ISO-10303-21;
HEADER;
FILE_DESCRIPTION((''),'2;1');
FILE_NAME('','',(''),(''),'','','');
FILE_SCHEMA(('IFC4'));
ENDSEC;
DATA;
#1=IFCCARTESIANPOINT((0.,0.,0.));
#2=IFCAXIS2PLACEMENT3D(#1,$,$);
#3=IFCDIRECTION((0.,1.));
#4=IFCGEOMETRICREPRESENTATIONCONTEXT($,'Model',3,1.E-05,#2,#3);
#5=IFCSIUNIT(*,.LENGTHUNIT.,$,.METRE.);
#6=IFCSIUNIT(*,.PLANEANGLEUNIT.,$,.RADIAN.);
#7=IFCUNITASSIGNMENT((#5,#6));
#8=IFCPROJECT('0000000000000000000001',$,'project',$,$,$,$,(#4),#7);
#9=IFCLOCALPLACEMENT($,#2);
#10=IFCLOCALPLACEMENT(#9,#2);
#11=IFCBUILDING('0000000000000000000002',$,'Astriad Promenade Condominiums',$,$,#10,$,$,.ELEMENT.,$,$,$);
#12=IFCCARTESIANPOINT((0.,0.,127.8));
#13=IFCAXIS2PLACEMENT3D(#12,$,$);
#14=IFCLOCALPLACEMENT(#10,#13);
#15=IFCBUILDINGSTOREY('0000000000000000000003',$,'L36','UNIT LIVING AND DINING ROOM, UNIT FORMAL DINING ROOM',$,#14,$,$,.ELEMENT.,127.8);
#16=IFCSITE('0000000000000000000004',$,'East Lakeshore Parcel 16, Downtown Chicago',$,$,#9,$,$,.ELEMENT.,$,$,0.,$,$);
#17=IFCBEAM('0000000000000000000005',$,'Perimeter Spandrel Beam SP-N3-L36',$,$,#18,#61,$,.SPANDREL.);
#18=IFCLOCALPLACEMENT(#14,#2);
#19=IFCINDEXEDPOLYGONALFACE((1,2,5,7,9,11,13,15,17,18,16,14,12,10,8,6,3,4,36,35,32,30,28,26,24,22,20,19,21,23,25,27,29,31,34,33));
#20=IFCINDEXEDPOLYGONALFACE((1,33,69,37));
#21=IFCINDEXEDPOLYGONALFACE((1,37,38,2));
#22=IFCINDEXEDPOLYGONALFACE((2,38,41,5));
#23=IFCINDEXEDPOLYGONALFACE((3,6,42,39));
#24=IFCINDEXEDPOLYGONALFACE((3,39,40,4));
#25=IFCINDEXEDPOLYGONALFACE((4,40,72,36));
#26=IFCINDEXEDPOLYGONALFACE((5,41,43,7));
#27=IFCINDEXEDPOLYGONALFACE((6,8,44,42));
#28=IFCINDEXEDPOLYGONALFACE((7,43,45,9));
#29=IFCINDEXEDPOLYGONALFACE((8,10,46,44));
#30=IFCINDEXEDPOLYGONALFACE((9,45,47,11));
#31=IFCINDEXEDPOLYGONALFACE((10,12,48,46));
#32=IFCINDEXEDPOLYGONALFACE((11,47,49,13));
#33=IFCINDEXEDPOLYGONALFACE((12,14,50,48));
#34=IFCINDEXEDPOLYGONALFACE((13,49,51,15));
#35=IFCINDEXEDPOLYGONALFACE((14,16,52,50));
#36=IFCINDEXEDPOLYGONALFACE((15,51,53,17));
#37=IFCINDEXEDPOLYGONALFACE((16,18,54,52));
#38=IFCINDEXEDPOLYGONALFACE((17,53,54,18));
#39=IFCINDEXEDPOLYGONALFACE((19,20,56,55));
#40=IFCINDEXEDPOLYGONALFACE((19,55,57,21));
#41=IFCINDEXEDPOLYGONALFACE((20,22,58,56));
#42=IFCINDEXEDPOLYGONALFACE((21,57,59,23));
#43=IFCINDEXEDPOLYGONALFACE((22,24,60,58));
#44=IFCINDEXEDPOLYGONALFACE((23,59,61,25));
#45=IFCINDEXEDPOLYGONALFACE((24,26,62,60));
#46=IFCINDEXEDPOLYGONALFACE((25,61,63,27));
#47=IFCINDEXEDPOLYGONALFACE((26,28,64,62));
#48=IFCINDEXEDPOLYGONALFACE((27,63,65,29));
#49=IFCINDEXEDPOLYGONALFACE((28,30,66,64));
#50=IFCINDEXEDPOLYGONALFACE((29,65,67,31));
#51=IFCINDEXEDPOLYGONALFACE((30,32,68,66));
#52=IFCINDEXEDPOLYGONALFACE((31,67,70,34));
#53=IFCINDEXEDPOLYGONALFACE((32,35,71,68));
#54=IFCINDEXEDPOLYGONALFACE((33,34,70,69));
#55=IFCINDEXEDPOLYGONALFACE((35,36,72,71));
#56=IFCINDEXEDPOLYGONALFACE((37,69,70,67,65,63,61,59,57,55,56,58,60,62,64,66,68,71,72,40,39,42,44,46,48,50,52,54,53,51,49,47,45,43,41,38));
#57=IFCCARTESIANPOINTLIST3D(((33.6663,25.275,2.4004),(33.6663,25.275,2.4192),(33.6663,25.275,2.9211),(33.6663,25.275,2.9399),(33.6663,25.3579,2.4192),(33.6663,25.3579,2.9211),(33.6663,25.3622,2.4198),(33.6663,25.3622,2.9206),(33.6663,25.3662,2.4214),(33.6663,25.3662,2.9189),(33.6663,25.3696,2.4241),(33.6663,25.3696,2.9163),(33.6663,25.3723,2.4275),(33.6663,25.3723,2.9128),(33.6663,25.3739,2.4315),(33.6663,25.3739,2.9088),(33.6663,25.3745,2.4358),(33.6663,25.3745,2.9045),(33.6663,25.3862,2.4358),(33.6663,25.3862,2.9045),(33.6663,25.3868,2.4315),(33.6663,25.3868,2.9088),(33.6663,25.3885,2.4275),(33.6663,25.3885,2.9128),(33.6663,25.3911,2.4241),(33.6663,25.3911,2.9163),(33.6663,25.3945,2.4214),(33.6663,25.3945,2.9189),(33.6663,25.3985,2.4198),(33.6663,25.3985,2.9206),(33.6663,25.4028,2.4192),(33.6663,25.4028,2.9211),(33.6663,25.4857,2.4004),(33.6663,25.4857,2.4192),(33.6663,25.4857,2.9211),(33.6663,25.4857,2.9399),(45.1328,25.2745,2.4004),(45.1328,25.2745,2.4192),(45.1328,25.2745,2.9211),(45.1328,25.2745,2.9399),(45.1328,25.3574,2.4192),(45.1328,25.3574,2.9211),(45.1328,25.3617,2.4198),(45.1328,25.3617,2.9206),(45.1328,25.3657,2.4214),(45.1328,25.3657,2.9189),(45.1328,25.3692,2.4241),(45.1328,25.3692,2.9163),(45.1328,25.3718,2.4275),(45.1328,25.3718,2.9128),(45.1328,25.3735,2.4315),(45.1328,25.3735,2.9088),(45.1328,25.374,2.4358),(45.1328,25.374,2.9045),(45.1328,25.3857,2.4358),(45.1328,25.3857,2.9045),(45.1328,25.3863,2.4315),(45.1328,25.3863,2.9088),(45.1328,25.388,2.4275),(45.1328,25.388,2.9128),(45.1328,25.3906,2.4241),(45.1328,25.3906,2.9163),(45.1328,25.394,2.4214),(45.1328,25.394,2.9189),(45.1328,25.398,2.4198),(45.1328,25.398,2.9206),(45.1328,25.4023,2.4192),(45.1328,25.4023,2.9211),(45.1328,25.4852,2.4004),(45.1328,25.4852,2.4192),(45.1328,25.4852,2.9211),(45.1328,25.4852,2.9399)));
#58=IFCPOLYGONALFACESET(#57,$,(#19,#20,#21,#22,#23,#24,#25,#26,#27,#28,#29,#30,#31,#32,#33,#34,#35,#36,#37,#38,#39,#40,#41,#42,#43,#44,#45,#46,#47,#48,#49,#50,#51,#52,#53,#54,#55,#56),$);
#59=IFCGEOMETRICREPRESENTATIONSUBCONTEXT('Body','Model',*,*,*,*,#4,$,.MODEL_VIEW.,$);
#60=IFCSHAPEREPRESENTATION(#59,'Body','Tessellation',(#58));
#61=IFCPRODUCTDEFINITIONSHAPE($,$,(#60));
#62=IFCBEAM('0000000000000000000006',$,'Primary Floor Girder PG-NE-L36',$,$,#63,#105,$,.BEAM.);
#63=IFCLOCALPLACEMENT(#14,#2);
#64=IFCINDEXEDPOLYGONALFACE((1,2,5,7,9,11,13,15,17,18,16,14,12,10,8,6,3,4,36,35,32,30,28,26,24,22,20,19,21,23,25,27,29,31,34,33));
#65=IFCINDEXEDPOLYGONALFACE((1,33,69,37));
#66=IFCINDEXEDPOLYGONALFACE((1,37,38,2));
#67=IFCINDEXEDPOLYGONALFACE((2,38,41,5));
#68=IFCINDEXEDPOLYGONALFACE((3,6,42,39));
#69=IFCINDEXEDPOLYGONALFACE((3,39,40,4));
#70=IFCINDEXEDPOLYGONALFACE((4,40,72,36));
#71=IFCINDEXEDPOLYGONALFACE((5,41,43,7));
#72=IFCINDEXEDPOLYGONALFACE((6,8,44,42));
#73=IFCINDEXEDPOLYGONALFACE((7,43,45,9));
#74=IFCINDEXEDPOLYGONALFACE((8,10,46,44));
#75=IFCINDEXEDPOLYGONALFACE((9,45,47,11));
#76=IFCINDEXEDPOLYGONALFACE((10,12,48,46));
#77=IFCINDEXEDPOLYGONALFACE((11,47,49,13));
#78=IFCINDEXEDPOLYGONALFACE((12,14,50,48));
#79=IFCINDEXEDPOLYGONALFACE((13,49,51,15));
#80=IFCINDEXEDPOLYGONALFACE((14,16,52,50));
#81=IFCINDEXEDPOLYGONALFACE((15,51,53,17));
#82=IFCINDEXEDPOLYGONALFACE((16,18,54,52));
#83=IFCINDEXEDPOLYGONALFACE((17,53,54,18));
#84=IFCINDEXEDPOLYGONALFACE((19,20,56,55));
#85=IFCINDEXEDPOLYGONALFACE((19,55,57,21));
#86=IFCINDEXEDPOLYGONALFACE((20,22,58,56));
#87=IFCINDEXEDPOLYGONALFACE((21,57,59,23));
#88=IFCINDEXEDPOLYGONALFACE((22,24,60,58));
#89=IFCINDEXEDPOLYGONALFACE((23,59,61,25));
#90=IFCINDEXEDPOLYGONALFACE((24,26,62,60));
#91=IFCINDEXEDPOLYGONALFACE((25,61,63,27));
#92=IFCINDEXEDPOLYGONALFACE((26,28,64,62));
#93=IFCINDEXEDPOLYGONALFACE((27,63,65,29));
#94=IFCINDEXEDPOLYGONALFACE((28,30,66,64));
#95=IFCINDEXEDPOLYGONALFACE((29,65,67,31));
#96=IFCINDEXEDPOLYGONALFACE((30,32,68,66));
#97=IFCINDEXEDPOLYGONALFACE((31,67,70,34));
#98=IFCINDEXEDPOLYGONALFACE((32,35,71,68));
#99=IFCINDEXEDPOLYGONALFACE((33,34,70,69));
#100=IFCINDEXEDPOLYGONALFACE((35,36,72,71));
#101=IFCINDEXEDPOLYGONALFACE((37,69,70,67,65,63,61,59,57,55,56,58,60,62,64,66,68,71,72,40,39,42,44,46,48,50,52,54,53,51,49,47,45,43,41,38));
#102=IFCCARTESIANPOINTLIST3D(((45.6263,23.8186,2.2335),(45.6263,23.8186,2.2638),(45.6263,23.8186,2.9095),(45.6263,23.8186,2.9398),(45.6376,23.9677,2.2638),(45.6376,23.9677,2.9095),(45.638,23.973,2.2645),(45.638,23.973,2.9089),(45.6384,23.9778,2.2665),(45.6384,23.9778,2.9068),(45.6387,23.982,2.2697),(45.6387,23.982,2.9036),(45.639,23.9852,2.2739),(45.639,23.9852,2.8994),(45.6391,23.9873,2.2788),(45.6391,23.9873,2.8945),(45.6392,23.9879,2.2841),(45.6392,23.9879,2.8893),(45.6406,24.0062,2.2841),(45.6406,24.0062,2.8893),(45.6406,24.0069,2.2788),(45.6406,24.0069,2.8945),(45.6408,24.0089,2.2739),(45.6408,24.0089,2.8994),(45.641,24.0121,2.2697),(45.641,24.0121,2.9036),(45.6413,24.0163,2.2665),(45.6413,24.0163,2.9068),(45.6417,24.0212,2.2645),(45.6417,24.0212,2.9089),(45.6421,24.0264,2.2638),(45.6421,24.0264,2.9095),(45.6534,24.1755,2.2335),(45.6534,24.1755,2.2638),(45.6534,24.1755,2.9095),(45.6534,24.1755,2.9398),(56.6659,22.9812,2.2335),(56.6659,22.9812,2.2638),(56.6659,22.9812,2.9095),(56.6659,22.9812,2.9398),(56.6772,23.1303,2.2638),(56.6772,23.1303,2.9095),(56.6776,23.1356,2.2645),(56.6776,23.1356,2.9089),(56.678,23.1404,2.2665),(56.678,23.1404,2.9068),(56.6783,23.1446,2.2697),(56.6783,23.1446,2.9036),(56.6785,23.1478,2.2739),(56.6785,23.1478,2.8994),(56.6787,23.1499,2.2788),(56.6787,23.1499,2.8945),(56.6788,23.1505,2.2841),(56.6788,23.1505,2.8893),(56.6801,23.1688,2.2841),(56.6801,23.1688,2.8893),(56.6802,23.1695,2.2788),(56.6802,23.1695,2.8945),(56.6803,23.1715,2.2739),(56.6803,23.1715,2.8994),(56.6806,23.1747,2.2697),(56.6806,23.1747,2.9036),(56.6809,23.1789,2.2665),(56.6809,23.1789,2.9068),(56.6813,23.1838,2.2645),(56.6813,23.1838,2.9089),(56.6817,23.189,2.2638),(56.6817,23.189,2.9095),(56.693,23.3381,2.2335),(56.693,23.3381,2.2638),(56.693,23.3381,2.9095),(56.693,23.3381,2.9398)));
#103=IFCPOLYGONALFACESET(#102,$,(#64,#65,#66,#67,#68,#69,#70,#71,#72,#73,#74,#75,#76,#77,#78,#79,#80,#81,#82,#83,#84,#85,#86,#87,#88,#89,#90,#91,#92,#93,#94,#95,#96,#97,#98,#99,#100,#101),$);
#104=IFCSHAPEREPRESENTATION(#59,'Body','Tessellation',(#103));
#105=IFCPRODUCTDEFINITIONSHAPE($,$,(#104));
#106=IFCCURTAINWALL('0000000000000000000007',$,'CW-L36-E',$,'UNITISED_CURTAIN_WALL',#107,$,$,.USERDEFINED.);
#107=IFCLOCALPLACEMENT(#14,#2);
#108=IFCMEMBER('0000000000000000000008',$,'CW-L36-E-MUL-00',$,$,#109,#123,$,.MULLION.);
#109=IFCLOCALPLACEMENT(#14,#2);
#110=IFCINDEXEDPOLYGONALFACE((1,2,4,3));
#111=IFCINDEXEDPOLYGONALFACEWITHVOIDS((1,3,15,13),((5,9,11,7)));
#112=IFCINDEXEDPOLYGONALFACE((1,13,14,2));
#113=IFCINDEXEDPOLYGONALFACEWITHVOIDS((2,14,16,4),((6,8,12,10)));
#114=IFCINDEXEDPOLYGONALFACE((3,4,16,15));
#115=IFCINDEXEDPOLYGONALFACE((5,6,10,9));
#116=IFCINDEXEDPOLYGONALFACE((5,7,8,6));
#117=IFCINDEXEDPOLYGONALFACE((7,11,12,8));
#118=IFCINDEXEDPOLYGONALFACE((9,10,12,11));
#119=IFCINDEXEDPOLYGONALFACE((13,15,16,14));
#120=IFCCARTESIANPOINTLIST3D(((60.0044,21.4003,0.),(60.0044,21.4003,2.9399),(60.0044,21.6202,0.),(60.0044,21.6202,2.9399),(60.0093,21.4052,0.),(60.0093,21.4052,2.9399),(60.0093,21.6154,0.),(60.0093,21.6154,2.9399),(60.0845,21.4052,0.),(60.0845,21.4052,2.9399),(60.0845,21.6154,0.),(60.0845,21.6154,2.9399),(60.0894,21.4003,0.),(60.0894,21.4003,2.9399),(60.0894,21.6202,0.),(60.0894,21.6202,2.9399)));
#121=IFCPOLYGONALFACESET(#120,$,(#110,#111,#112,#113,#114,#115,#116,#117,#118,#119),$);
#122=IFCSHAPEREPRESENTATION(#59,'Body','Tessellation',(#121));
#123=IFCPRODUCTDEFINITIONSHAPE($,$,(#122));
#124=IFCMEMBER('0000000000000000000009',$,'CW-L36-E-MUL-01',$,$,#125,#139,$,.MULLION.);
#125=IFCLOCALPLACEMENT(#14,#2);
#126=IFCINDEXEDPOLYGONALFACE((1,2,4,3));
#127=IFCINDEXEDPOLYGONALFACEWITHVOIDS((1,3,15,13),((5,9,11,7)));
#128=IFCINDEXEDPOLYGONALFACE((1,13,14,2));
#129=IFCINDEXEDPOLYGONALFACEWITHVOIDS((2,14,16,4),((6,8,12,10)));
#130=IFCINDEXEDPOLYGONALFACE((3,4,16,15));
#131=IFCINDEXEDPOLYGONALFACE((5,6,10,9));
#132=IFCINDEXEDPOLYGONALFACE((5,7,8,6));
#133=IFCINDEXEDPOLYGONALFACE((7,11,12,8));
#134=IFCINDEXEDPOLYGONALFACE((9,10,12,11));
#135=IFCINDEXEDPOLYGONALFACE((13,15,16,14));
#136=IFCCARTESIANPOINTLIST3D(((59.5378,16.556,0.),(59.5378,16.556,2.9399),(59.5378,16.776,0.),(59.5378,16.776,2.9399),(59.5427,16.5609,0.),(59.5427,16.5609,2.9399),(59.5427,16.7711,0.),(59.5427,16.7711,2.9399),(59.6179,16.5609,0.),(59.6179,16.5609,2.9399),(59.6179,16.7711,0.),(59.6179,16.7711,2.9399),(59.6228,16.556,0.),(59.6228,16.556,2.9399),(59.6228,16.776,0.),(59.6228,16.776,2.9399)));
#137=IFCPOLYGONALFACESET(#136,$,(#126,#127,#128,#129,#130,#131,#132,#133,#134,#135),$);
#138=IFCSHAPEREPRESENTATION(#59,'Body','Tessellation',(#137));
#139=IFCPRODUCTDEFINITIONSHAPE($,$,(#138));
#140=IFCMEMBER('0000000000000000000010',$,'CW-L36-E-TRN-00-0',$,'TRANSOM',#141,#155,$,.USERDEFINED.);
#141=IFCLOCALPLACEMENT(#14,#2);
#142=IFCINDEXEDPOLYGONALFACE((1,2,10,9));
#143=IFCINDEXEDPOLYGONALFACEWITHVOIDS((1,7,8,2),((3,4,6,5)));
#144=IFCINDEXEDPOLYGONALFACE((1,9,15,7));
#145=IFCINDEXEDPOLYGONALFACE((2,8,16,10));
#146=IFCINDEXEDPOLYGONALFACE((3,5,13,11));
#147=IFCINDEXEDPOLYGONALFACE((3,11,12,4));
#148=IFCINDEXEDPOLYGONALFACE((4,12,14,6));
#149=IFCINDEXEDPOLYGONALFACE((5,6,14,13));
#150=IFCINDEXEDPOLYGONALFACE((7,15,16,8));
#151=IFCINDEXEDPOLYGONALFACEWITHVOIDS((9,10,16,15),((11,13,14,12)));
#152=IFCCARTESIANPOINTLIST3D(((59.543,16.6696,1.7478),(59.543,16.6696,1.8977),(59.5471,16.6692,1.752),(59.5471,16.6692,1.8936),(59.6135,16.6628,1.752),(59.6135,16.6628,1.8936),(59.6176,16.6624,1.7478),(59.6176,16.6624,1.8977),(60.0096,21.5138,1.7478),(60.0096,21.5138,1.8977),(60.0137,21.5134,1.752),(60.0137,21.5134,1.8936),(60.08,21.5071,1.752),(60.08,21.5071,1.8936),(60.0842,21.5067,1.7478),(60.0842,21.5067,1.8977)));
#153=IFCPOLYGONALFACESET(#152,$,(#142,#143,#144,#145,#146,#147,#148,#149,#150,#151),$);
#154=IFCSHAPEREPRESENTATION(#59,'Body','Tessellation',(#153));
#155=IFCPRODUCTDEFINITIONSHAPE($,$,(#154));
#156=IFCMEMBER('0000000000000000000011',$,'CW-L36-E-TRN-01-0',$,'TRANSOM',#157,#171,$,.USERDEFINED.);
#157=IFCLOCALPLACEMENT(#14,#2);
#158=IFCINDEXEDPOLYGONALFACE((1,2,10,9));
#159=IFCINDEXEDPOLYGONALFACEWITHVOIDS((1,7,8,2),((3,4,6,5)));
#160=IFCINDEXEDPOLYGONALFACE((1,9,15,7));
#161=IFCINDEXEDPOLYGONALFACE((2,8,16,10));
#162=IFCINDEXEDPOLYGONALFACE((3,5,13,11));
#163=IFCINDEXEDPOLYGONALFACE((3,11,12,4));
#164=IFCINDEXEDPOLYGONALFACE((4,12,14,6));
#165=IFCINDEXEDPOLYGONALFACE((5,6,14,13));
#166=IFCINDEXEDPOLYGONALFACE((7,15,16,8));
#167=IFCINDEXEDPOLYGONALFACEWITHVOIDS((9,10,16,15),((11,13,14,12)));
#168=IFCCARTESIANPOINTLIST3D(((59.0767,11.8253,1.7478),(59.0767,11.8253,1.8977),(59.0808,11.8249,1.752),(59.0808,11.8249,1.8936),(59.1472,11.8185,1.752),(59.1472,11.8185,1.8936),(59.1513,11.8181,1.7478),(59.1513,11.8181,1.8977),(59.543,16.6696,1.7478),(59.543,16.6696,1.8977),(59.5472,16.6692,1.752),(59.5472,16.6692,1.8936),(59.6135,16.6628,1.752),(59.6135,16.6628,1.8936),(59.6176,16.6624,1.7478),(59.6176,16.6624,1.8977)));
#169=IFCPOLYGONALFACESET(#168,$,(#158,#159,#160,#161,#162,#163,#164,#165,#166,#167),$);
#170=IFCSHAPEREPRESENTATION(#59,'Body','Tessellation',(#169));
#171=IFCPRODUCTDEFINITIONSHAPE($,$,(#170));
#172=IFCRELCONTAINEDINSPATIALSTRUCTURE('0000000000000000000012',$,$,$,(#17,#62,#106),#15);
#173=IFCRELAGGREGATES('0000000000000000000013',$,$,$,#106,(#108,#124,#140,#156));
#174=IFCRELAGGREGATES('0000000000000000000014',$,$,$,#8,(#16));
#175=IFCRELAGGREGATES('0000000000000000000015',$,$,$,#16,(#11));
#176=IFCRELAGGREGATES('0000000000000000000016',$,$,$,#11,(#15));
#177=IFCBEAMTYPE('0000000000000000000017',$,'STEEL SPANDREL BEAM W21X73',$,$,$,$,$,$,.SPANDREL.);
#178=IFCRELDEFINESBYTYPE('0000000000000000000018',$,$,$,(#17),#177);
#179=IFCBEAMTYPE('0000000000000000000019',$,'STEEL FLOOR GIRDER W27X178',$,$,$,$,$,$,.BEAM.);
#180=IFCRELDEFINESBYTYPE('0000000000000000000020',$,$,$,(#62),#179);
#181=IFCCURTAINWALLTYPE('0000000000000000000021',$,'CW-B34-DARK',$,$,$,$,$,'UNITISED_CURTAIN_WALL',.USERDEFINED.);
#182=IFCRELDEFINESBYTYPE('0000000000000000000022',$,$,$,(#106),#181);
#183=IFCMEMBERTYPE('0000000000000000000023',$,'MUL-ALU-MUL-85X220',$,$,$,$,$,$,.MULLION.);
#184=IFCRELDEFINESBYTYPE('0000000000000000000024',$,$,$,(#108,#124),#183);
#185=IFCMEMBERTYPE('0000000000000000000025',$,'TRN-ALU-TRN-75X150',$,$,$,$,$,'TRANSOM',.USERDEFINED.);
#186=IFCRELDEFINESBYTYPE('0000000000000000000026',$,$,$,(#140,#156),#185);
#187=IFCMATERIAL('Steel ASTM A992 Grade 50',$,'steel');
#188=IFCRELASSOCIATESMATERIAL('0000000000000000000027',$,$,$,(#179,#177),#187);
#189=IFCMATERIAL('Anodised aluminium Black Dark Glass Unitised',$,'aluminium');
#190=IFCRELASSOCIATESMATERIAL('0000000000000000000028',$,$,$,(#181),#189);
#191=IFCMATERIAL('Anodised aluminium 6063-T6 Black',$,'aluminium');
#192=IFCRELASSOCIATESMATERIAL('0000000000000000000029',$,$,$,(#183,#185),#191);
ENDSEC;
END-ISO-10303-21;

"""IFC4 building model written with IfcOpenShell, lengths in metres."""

from ifc_helpers import new_model, si_unit, direction, frame, origin, origin_2d, place, context, subcontext, project, spatial, hollow_rectangle, i_section, extrude, source, transform, mapped, material, material_profile, profile_set, type_object, type_shapes, element, aggregate, save


model = new_model("IFC4")

# Units and contexts
model_context = context("Model", 3, precision=1e-05, world=origin(), true_north=direction((0.0, 1.0)))
body_context = subcontext(model_context, "Body", "Model", "MODEL_VIEW")
ifc_project = project(units=[si_unit("LENGTHUNIT", "METRE"), si_unit("PLANEANGLEUNIT", "RADIAN")], contexts=[model_context])

# Site, building, storey
site_placement = place(None, origin())
site = spatial("IfcSite", under=ifc_project, at=site_placement, Name="East Lakeshore Parcel 16, Downtown Chicago", CompositionType="ELEMENT", RefElevation=0.0)
building_placement = place(site_placement, origin())
building = spatial("IfcBuilding", under=site, at=building_placement, Name="Astriad Promenade Condominiums", CompositionType="ELEMENT")
storey_placement = place(building_placement, frame((0.0, 0.0, 127.8)))
storey = spatial("IfcBuildingStorey", under=building, at=storey_placement, Name="L36", Description="UNIT LIVING AND DINING ROOM, UNIT FORMAL DINING ROOM", CompositionType="ELEMENT", Elevation=127.8)

# Shared definitions
ifc_material_1 = material(Name="Steel ASTM A992 Grade 50", Category="steel")

# Beams
ifc_material_profile_1 = material_profile(ifc_material_1, i_section(OverallWidth=0.3579, OverallDepth=0.7063, WebThickness=0.0183, FlangeThickness=0.0303, FilletRadius=0.0203, at=origin_2d()), Name="W27X178")
ifc_profile_set_1 = profile_set([ifc_material_profile_1], Name="Steel ASTM A992 Grade 50")
beam_type_1 = type_object("IfcBeamType", Name="STEEL FLOOR GIRDER W27X178", PredefinedType="BEAM", material=ifc_profile_set_1)
ifc_material_profile_2 = material_profile(ifc_material_1, i_section(OverallWidth=0.2107, OverallDepth=0.5396, WebThickness=0.0117, FlangeThickness=0.0188, FilletRadius=0.0166, at=origin_2d()), Name="W21X73")
ifc_profile_set_2 = profile_set([ifc_material_profile_2], Name="Steel ASTM A992 Grade 50")
beam_type_2 = type_object("IfcBeamType", Name="STEEL SPANDREL BEAM W21X73", PredefinedType="SPANDREL", material=ifc_profile_set_2)
shared_shape_1 = source(origin(), body_context, "Body", "SweptSolid", [
    extrude(i_section(OverallWidth=0.2107, OverallDepth=0.5396, WebThickness=0.0117, FlangeThickness=0.0188, FilletRadius=0.0166, at=origin_2d()), origin(), (0.0, 0.0, 1.0), 11.4666),
])
type_shapes(beam_type_2, [shared_shape_1])
beam_1_placement = place(storey_placement, frame((45.1328, 25.3799, 2.6702), z_axis=(-1.0, 0.000043, 0.0), x_axis=(-0.000043, -1.0, 0.0)))
element("IfcBeam", 1, at=beam_1_placement, inside=storey, type_object=beam_type_2, Name="Perimeter Spandrel Beam SP-N3-L36", PredefinedType="SPANDREL", context=body_context, shape_type="MappedRepresentation", body=[
    mapped(shared_shape_1, transform((0.0, 0.0, 0.0), scale=1.0)),
])
shared_shape_2 = source(origin(), body_context, "Body", "SweptSolid", [
    extrude(i_section(OverallWidth=0.3579, OverallDepth=0.7063, WebThickness=0.0183, FlangeThickness=0.0303, FilletRadius=0.0203, at=origin_2d()), origin(), (0.0, 0.0, 1.0), 11.0713),
])
beam_2_placement = place(storey_placement, frame((56.6794, 23.1597, 2.5867), z_axis=(-0.997135, 0.075637, 0.0), x_axis=(-0.075637, -0.997135, 0.0)))
element("IfcBeam", 2, at=beam_2_placement, inside=storey, type_object=beam_type_1, Name="Primary Floor Girder PG-NE-L36", PredefinedType="BEAM", context=body_context, shape_type="MappedRepresentation", body=[
    mapped(shared_shape_2, transform((0.0, 0.0, 0.0), scale=1.0)),
])

# Curtain wall, members
ifc_material_2 = material(Name="Anodised aluminium Black Dark Glass Unitised", Category="aluminium")
curtain_wall_type = type_object("IfcCurtainWallType", Name="CW-B34-DARK", ElementType="UNITISED_CURTAIN_WALL", PredefinedType="USERDEFINED", material=ifc_material_2)
curtain_wall_placement = place(storey_placement, origin())
curtain_wall = element("IfcCurtainWall", 3, at=curtain_wall_placement, inside=storey, type_object=curtain_wall_type, Name="CW-L36-E", ObjectType="UNITISED_CURTAIN_WALL", PredefinedType="USERDEFINED")
ifc_material_3 = material(Name="Anodised aluminium 6063-T6 Black", Category="aluminium")
ifc_material_profile_3 = material_profile(ifc_material_3, hollow_rectangle(XDim=0.085, YDim=0.22, WallThickness=0.0049, at=origin_2d()), Name="ALU-MUL-85X220")
ifc_profile_set_3 = profile_set([ifc_material_profile_3], Name="Anodised aluminium 6063-T6 Black")
member_type_1 = type_object("IfcMemberType", Name="MUL-ALU-MUL-85X220", PredefinedType="MULLION", material=ifc_profile_set_3)
shared_shape_3 = source(origin(), body_context, "Body", "SweptSolid", [
    extrude(hollow_rectangle(XDim=0.085, YDim=0.22, WallThickness=0.0049, at=origin_2d()), origin(), (0.0, 0.0, 1.0), 2.9399),
])
type_shapes(member_type_1, [shared_shape_3])
member_1_placement = place(storey_placement, frame((60.0469, 21.5103, 0.0), z_axis=(0.0, 0.0, 1.0), x_axis=(1.0, 0.0, 0.0)))
member_1 = element("IfcMember", 4, at=member_1_placement, type_object=member_type_1, Name="CW-L36-E-MUL-00", PredefinedType="MULLION", context=body_context, shape_type="MappedRepresentation", body=[
    mapped(shared_shape_3, transform((0.0, 0.0, 0.0), scale=1.0)),
])
member_2_placement = place(storey_placement, frame((59.5803, 16.666, 0.0), z_axis=(0.0, 0.0, 1.0), x_axis=(1.0, 0.0, 0.0)))
member_2 = element("IfcMember", 5, at=member_2_placement, type_object=member_type_1, Name="CW-L36-E-MUL-01", PredefinedType="MULLION", context=body_context, shape_type="MappedRepresentation", body=[
    mapped(shared_shape_3, transform((0.0, 0.0, 0.0), scale=1.0)),
])
ifc_material_profile_4 = material_profile(ifc_material_3, hollow_rectangle(XDim=0.075, YDim=0.1499, WallThickness=0.0042, at=origin_2d()), Name="ALU-TRN-75X150")
ifc_profile_set_4 = profile_set([ifc_material_profile_4], Name="Anodised aluminium 6063-T6 Black")
member_type_2 = type_object("IfcMemberType", Name="TRN-ALU-TRN-75X150", ElementType="TRANSOM", PredefinedType="USERDEFINED", material=ifc_profile_set_4)
shared_shape_4 = source(origin(), body_context, "Body", "SweptSolid", [
    extrude(hollow_rectangle(XDim=0.075, YDim=0.1499, WallThickness=0.0042, at=origin_2d()), origin(), (0.0, 0.0, 1.0), 4.8667),
])
type_shapes(member_type_2, [shared_shape_4])
member_3_placement = place(storey_placement, frame((60.0469, 21.5103, 1.8228), z_axis=(-0.095867, -0.995394, 0.0), x_axis=(0.995394, -0.095867, 0.0)))
member_3 = element("IfcMember", 6, at=member_3_placement, type_object=member_type_2, Name="CW-L36-E-TRN-00-0", ObjectType="TRANSOM", PredefinedType="USERDEFINED", context=body_context, shape_type="MappedRepresentation", body=[
    mapped(shared_shape_4, transform((0.0, 0.0, 0.0), scale=1.0)),
])
member_4_placement = place(storey_placement, frame((59.5803, 16.666, 1.8228), z_axis=(-0.095818, -0.995399, 0.0), x_axis=(0.995399, -0.095818, 0.0)))
member_4 = element("IfcMember", 7, at=member_4_placement, type_object=member_type_2, Name="CW-L36-E-TRN-01-0", ObjectType="TRANSOM", PredefinedType="USERDEFINED", context=body_context, shape_type="MappedRepresentation", body=[
    mapped(shared_shape_4, transform((0.0, 0.0, 0.0), scale=1.0)),
])
aggregate(curtain_wall, [member_1, member_2, member_3, member_4])

save(model, "model.ifc")
